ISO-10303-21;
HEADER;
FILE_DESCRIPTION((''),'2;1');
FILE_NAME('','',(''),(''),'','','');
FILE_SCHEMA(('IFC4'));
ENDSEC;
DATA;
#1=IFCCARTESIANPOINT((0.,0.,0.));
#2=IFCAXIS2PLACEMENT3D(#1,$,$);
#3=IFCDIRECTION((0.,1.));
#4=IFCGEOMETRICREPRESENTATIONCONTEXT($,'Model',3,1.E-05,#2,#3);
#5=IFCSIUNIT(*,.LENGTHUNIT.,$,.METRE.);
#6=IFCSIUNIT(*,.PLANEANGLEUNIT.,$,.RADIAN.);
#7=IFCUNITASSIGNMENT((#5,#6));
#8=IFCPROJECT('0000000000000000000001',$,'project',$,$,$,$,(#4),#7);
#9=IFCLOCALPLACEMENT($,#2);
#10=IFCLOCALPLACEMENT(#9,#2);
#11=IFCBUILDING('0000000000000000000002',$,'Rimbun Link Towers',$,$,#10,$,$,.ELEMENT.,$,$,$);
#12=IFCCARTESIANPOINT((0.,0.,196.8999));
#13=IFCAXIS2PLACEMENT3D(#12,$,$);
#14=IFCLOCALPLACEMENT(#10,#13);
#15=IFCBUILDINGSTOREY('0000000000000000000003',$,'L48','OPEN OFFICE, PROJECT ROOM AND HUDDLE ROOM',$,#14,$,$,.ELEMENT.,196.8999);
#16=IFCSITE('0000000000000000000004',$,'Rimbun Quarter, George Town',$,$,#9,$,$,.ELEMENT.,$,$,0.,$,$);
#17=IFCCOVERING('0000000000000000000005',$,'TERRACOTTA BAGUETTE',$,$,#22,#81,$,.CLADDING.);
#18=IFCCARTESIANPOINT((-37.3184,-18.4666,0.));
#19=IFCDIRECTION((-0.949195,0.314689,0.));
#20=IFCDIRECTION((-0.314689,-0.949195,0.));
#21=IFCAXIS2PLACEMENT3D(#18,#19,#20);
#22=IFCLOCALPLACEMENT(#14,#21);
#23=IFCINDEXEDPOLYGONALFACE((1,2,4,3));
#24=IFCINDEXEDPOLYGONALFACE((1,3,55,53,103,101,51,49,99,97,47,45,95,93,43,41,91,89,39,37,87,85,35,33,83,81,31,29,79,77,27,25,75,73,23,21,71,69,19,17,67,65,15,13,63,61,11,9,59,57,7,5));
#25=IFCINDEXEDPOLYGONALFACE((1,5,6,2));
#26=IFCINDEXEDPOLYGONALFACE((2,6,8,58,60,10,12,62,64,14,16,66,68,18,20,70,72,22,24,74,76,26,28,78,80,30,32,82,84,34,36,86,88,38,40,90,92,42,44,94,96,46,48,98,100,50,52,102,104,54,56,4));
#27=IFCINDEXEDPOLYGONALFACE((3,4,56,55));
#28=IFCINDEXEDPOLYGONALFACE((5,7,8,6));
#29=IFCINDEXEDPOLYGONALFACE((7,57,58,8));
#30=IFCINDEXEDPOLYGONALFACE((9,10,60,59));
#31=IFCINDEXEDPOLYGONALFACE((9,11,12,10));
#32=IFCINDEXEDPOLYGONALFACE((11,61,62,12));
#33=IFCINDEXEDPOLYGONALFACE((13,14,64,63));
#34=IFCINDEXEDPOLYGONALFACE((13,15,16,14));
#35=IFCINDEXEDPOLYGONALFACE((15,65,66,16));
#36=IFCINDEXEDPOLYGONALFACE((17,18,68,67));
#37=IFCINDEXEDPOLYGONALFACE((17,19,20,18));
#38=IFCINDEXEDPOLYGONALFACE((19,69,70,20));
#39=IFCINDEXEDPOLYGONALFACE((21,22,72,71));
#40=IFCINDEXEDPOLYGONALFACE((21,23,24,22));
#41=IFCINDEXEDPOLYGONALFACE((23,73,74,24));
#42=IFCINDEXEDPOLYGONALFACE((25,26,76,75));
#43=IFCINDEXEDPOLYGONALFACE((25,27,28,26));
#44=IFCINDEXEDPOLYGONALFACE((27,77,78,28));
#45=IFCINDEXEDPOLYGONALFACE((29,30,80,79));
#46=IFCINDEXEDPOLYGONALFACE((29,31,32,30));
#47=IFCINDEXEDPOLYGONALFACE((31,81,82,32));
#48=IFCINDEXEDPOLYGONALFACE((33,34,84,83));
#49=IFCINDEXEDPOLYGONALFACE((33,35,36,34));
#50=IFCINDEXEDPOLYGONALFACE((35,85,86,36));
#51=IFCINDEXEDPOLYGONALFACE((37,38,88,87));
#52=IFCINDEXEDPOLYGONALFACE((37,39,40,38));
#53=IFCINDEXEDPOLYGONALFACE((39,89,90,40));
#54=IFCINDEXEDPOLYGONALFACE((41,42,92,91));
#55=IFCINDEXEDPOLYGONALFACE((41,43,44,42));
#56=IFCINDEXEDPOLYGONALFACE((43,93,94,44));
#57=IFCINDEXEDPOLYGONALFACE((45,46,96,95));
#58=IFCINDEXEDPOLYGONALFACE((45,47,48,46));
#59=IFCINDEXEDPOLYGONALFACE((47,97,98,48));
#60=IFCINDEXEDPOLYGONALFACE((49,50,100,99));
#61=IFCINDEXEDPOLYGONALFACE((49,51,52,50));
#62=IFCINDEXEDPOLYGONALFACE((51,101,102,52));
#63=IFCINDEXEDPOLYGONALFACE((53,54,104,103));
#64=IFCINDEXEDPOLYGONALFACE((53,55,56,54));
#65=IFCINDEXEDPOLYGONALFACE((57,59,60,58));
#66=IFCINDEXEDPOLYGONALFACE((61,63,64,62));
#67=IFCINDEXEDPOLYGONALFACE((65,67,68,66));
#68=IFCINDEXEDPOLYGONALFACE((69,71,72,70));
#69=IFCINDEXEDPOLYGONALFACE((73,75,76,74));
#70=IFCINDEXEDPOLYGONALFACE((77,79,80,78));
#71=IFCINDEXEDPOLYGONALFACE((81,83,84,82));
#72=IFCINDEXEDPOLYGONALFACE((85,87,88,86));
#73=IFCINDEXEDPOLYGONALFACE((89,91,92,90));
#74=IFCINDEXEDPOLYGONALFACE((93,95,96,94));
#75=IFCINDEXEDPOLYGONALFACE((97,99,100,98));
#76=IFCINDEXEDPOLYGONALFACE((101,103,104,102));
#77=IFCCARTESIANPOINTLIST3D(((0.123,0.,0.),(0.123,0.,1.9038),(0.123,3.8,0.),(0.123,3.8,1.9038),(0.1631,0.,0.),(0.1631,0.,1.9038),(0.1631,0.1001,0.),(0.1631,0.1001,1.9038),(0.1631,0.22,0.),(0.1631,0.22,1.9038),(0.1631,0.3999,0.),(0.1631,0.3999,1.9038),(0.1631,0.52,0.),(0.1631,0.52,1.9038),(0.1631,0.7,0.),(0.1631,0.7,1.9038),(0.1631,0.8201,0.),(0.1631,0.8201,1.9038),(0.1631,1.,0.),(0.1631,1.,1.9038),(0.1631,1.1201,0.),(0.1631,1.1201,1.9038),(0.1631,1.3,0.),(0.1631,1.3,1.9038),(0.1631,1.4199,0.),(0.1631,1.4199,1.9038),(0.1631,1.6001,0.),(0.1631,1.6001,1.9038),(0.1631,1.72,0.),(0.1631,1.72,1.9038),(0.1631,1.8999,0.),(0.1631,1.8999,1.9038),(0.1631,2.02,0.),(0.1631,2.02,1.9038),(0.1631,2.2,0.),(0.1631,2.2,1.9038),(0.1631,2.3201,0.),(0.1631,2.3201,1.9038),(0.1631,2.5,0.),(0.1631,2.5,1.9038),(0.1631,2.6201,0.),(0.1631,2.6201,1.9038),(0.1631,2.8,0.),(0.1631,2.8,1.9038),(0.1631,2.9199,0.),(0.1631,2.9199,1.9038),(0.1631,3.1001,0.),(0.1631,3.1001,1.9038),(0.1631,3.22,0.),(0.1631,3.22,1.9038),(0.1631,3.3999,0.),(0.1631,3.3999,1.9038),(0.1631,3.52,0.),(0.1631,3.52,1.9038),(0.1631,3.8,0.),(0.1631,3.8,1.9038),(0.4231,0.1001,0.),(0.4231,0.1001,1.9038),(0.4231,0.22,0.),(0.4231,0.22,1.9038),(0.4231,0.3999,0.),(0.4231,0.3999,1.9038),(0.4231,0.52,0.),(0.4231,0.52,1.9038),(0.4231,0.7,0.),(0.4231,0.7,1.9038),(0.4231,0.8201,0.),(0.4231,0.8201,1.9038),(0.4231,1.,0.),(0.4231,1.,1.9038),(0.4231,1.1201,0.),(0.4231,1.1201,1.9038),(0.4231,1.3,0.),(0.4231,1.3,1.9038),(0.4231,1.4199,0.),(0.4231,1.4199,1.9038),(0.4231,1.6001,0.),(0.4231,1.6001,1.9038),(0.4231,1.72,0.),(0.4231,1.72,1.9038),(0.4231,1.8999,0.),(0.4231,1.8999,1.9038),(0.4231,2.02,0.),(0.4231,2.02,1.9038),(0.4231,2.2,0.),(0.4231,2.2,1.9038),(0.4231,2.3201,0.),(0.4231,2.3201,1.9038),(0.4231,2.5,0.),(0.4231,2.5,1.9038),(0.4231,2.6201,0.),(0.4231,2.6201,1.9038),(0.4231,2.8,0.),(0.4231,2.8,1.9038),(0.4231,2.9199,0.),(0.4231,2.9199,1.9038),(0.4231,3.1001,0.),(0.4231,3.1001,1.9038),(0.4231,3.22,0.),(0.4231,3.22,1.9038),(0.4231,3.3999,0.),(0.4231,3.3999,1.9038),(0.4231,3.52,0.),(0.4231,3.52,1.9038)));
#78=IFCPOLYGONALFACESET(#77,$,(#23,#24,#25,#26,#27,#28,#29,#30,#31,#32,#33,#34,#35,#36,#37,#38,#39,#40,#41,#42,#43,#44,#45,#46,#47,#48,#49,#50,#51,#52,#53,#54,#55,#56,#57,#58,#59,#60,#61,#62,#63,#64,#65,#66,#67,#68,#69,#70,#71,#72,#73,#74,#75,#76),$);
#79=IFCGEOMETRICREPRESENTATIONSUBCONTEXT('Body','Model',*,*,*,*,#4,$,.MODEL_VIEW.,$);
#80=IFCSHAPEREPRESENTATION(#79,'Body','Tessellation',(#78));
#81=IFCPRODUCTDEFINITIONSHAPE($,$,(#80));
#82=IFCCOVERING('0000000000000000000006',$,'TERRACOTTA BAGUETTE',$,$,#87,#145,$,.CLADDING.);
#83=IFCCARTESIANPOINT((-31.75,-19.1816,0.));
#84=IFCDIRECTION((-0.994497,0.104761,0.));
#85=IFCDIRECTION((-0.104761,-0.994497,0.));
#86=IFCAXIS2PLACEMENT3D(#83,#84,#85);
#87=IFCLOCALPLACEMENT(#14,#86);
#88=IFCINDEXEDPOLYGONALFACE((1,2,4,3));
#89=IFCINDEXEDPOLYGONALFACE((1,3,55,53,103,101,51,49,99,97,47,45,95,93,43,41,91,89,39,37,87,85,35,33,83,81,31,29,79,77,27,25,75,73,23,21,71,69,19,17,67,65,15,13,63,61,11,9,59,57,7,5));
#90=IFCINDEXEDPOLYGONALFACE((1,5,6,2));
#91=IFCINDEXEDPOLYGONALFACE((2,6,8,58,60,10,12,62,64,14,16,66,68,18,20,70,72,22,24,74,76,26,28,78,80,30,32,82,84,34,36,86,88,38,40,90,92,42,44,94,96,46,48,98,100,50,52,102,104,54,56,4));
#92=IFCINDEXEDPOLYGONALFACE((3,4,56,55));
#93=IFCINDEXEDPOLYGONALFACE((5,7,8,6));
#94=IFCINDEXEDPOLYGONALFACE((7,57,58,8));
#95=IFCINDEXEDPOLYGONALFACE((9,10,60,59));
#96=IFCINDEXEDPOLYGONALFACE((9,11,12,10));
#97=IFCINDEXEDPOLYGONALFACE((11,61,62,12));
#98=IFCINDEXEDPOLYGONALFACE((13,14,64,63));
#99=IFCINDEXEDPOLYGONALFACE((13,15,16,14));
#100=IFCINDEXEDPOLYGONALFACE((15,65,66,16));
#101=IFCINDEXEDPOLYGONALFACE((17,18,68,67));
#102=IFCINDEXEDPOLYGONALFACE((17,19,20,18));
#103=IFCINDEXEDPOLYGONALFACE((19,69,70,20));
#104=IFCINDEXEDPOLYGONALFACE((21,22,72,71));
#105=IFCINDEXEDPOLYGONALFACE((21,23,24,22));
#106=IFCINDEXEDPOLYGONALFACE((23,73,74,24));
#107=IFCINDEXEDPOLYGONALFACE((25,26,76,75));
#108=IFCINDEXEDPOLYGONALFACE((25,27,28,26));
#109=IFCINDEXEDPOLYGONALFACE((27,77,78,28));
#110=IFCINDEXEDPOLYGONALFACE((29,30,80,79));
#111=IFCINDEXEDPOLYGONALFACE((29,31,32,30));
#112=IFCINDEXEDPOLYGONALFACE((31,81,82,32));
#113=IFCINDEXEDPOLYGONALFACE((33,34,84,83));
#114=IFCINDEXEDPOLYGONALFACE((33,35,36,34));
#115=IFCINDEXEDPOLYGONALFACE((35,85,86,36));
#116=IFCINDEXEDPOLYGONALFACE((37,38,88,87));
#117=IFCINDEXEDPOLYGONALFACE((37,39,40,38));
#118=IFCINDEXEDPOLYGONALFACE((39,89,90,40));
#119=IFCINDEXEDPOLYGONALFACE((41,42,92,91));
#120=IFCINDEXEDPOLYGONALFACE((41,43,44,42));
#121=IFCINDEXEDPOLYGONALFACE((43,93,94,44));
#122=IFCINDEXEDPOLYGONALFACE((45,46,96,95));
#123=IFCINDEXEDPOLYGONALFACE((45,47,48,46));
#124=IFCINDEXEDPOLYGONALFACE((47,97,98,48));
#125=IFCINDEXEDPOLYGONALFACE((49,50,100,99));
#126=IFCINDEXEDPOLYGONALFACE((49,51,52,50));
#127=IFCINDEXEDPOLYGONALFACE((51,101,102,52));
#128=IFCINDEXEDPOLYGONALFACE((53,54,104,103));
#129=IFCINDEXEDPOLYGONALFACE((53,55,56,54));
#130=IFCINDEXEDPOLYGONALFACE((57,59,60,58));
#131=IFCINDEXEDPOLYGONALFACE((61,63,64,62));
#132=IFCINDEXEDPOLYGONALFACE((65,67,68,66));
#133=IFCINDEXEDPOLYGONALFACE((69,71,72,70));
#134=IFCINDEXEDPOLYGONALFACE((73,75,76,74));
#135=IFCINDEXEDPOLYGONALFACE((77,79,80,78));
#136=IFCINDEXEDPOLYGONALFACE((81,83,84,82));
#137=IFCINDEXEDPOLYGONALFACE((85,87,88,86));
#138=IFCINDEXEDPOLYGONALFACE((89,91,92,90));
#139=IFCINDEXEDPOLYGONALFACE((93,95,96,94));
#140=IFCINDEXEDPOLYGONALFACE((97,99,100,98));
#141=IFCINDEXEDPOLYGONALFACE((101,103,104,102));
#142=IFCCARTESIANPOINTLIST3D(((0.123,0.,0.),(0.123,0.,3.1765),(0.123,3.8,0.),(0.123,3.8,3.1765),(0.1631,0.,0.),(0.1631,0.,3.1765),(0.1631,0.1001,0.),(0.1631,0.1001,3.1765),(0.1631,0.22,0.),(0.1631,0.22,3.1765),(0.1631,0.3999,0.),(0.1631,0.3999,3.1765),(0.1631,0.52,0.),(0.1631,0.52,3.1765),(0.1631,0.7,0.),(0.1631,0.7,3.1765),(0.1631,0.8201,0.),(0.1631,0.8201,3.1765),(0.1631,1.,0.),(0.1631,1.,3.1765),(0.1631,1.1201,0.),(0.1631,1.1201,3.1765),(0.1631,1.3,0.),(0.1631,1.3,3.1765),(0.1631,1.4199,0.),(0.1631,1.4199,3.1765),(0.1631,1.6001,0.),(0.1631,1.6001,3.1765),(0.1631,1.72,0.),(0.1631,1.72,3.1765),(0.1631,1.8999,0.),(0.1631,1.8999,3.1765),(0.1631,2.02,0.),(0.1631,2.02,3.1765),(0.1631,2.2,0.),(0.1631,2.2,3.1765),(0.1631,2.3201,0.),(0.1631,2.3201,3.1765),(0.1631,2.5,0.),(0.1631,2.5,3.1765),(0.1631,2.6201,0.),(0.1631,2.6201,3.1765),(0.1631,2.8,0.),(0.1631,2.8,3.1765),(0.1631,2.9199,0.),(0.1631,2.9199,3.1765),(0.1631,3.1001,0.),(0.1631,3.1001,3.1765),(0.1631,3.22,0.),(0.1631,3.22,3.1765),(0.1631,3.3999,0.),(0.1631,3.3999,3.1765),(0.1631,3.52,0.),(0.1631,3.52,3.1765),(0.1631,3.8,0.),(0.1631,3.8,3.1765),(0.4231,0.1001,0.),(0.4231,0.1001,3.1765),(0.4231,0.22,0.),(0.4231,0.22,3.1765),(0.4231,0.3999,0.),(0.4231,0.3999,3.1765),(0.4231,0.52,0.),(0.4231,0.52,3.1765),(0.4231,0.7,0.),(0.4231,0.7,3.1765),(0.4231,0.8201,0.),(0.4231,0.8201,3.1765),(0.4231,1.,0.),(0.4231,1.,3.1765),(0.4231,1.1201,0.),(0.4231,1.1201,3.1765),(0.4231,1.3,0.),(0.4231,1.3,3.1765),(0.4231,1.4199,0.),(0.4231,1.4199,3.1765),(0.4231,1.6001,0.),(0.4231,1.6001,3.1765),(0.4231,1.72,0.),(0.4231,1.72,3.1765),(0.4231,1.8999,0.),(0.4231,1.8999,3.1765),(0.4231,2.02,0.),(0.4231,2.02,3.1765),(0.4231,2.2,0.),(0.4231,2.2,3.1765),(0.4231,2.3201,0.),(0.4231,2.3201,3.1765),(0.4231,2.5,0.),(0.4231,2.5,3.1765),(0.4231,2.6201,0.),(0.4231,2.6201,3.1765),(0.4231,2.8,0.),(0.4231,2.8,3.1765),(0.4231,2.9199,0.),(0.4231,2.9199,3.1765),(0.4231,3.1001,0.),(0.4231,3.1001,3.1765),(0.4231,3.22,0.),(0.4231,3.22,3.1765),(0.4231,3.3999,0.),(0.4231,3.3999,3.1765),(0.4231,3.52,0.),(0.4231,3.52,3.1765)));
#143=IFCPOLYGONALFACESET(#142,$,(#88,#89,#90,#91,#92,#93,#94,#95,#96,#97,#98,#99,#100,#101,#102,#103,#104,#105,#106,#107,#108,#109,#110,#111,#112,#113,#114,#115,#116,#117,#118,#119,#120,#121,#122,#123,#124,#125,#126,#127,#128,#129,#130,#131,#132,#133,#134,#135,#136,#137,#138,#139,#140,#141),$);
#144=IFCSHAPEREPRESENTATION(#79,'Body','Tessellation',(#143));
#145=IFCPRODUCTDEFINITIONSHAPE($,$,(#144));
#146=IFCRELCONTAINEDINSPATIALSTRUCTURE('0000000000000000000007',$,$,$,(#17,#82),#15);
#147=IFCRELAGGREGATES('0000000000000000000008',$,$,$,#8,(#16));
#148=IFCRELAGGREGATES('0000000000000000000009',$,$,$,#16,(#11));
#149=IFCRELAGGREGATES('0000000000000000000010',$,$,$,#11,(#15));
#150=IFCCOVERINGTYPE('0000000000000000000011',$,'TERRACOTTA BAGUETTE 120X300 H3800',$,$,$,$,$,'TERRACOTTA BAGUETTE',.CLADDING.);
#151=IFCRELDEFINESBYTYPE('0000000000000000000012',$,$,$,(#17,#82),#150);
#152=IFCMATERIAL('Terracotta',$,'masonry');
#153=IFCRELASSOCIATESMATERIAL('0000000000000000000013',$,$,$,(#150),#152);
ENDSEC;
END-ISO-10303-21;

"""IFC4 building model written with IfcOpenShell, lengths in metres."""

from ifc_helpers import new_model, si_unit, direction, frame, origin, place, context, subcontext, project, spatial, polyline, outline, extrude, material, material_profile, profile_set, type_object, element, save


model = new_model("IFC4")

# Units and contexts
model_context = context("Model", 3, precision=1e-05, world=origin(), true_north=direction((0.0, 1.0)))
body_context = subcontext(model_context, "Body", "Model", "MODEL_VIEW")
ifc_project = project(units=[si_unit("LENGTHUNIT", "METRE"), si_unit("PLANEANGLEUNIT", "RADIAN")], contexts=[model_context])

# Site, building, storey
site_placement = place(None, origin())
site = spatial("IfcSite", under=ifc_project, at=site_placement, Name="Rimbun Quarter, George Town", CompositionType="ELEMENT", RefElevation=0.0)
building_placement = place(site_placement, origin())
building = spatial("IfcBuilding", under=site, at=building_placement, Name="Rimbun Link Towers", CompositionType="ELEMENT")
storey_placement = place(building_placement, frame((0.0, 0.0, 196.8999)))
storey = spatial("IfcBuildingStorey", under=building, at=storey_placement, Name="L48", Description="OPEN OFFICE, PROJECT ROOM AND HUDDLE ROOM", CompositionType="ELEMENT", Elevation=196.8999)

# Coverings
ifc_material_1 = material(Name="Terracotta", Category="masonry")
ifc_material_profile_1 = material_profile(ifc_material_1, outline(polyline([(0.123, 0.0), (0.1631, 0.0), (0.1631, 0.1001), (0.4231, 0.1001), (0.4231, 0.22), (0.1631, 0.22), (0.1631, 0.3999), (0.4231, 0.3999), (0.4231, 0.52), (0.1631, 0.52), (0.1631, 0.7), (0.4231, 0.7), (0.4231, 0.8201), (0.1631, 0.8201), (0.1631, 1.0), (0.4231, 1.0), (0.4231, 1.1201), (0.1631, 1.1201), (0.1631, 1.3), (0.4231, 1.3), (0.4231, 1.4199), (0.1631, 1.4199), (0.1631, 1.6001), (0.4231, 1.6001), (0.4231, 1.72), (0.1631, 1.72), (0.1631, 1.8999), (0.4231, 1.8999), (0.4231, 2.02), (0.1631, 2.02), (0.1631, 2.2), (0.4231, 2.2), (0.4231, 2.3201), (0.1631, 2.3201), (0.1631, 2.5), (0.4231, 2.5), (0.4231, 2.6201), (0.1631, 2.6201), (0.1631, 2.8), (0.4231, 2.8), (0.4231, 2.9199), (0.1631, 2.9199), (0.1631, 3.1001), (0.4231, 3.1001), (0.4231, 3.22), (0.1631, 3.22), (0.1631, 3.3999), (0.4231, 3.3999), (0.4231, 3.52), (0.1631, 3.52), (0.1631, 3.8), (0.123, 3.8), (0.123, 0.0)])), Name="BAGUETTE 120X300")
ifc_profile_set_1 = profile_set([ifc_material_profile_1], Name="Terracotta")
covering_type = type_object("IfcCoveringType", Name="TERRACOTTA BAGUETTE 120X300 H3800", ElementType="TERRACOTTA BAGUETTE", PredefinedType="CLADDING", material=ifc_profile_set_1)
covering_placement = place(storey_placement, frame((-37.3184, -18.4666, 0.0), z_axis=(-0.949195, 0.314689, 0.0), x_axis=(-0.314689, -0.949195, 0.0)))
element("IfcCovering", 1, at=covering_placement, inside=storey, type_object=covering_type, Name="TERRACOTTA BAGUETTE", PredefinedType="CLADDING", context=body_context, shape_type="SweptSolid", body=[
    extrude(outline(polyline([(0.123, 0.0), (0.1631, 0.0), (0.1631, 0.1001), (0.4231, 0.1001), (0.4231, 0.22), (0.1631, 0.22), (0.1631, 0.3999), (0.4231, 0.3999), (0.4231, 0.52), (0.1631, 0.52), (0.1631, 0.7), (0.4231, 0.7), (0.4231, 0.8201), (0.1631, 0.8201), (0.1631, 1.0), (0.4231, 1.0), (0.4231, 1.1201), (0.1631, 1.1201), (0.1631, 1.3), (0.4231, 1.3), (0.4231, 1.4199), (0.1631, 1.4199), (0.1631, 1.6001), (0.4231, 1.6001), (0.4231, 1.72), (0.1631, 1.72), (0.1631, 1.8999), (0.4231, 1.8999), (0.4231, 2.02), (0.1631, 2.02), (0.1631, 2.2), (0.4231, 2.2), (0.4231, 2.3201), (0.1631, 2.3201), (0.1631, 2.5), (0.4231, 2.5), (0.4231, 2.6201), (0.1631, 2.6201), (0.1631, 2.8), (0.4231, 2.8), (0.4231, 2.9199), (0.1631, 2.9199), (0.1631, 3.1001), (0.4231, 3.1001), (0.4231, 3.22), (0.1631, 3.22), (0.1631, 3.3999), (0.4231, 3.3999), (0.4231, 3.52), (0.1631, 3.52), (0.1631, 3.8), (0.123, 3.8), (0.123, 0.0)])), origin(), (0.0, 0.0, 1.0), 1.9038),
])
for number, where, z_axis, x_axis, name in (
    (2, (-31.75, -19.1816, 0.0), (-0.994497, 0.104761, 0.0), (-0.104761, -0.994497, 0.0), "TERRACOTTA BAGUETTE"),
):
    element("IfcCovering", number, at=place(storey_placement, frame(where, z_axis=z_axis, x_axis=x_axis)), inside=storey, type_object=covering_type, Name=name, PredefinedType="CLADDING", context=body_context, shape_type="SweptSolid", body=[
        extrude(outline(polyline([(0.123, 0.0), (0.1631, 0.0), (0.1631, 0.1001), (0.4231, 0.1001), (0.4231, 0.22), (0.1631, 0.22), (0.1631, 0.3999), (0.4231, 0.3999), (0.4231, 0.52), (0.1631, 0.52), (0.1631, 0.7), (0.4231, 0.7), (0.4231, 0.8201), (0.1631, 0.8201), (0.1631, 1.0), (0.4231, 1.0), (0.4231, 1.1201), (0.1631, 1.1201), (0.1631, 1.3), (0.4231, 1.3), (0.4231, 1.4199), (0.1631, 1.4199), (0.1631, 1.6001), (0.4231, 1.6001), (0.4231, 1.72), (0.1631, 1.72), (0.1631, 1.8999), (0.4231, 1.8999), (0.4231, 2.02), (0.1631, 2.02), (0.1631, 2.2), (0.4231, 2.2), (0.4231, 2.3201), (0.1631, 2.3201), (0.1631, 2.5), (0.4231, 2.5), (0.4231, 2.6201), (0.1631, 2.6201), (0.1631, 2.8), (0.4231, 2.8), (0.4231, 2.9199), (0.1631, 2.9199), (0.1631, 3.1001), (0.4231, 3.1001), (0.4231, 3.22), (0.1631, 3.22), (0.1631, 3.3999), (0.4231, 3.3999), (0.4231, 3.52), (0.1631, 3.52), (0.1631, 3.8), (0.123, 3.8), (0.123, 0.0)])), origin(), (0.0, 0.0, 1.0), 3.1765),
    ])

save(model, "model.ifc")
